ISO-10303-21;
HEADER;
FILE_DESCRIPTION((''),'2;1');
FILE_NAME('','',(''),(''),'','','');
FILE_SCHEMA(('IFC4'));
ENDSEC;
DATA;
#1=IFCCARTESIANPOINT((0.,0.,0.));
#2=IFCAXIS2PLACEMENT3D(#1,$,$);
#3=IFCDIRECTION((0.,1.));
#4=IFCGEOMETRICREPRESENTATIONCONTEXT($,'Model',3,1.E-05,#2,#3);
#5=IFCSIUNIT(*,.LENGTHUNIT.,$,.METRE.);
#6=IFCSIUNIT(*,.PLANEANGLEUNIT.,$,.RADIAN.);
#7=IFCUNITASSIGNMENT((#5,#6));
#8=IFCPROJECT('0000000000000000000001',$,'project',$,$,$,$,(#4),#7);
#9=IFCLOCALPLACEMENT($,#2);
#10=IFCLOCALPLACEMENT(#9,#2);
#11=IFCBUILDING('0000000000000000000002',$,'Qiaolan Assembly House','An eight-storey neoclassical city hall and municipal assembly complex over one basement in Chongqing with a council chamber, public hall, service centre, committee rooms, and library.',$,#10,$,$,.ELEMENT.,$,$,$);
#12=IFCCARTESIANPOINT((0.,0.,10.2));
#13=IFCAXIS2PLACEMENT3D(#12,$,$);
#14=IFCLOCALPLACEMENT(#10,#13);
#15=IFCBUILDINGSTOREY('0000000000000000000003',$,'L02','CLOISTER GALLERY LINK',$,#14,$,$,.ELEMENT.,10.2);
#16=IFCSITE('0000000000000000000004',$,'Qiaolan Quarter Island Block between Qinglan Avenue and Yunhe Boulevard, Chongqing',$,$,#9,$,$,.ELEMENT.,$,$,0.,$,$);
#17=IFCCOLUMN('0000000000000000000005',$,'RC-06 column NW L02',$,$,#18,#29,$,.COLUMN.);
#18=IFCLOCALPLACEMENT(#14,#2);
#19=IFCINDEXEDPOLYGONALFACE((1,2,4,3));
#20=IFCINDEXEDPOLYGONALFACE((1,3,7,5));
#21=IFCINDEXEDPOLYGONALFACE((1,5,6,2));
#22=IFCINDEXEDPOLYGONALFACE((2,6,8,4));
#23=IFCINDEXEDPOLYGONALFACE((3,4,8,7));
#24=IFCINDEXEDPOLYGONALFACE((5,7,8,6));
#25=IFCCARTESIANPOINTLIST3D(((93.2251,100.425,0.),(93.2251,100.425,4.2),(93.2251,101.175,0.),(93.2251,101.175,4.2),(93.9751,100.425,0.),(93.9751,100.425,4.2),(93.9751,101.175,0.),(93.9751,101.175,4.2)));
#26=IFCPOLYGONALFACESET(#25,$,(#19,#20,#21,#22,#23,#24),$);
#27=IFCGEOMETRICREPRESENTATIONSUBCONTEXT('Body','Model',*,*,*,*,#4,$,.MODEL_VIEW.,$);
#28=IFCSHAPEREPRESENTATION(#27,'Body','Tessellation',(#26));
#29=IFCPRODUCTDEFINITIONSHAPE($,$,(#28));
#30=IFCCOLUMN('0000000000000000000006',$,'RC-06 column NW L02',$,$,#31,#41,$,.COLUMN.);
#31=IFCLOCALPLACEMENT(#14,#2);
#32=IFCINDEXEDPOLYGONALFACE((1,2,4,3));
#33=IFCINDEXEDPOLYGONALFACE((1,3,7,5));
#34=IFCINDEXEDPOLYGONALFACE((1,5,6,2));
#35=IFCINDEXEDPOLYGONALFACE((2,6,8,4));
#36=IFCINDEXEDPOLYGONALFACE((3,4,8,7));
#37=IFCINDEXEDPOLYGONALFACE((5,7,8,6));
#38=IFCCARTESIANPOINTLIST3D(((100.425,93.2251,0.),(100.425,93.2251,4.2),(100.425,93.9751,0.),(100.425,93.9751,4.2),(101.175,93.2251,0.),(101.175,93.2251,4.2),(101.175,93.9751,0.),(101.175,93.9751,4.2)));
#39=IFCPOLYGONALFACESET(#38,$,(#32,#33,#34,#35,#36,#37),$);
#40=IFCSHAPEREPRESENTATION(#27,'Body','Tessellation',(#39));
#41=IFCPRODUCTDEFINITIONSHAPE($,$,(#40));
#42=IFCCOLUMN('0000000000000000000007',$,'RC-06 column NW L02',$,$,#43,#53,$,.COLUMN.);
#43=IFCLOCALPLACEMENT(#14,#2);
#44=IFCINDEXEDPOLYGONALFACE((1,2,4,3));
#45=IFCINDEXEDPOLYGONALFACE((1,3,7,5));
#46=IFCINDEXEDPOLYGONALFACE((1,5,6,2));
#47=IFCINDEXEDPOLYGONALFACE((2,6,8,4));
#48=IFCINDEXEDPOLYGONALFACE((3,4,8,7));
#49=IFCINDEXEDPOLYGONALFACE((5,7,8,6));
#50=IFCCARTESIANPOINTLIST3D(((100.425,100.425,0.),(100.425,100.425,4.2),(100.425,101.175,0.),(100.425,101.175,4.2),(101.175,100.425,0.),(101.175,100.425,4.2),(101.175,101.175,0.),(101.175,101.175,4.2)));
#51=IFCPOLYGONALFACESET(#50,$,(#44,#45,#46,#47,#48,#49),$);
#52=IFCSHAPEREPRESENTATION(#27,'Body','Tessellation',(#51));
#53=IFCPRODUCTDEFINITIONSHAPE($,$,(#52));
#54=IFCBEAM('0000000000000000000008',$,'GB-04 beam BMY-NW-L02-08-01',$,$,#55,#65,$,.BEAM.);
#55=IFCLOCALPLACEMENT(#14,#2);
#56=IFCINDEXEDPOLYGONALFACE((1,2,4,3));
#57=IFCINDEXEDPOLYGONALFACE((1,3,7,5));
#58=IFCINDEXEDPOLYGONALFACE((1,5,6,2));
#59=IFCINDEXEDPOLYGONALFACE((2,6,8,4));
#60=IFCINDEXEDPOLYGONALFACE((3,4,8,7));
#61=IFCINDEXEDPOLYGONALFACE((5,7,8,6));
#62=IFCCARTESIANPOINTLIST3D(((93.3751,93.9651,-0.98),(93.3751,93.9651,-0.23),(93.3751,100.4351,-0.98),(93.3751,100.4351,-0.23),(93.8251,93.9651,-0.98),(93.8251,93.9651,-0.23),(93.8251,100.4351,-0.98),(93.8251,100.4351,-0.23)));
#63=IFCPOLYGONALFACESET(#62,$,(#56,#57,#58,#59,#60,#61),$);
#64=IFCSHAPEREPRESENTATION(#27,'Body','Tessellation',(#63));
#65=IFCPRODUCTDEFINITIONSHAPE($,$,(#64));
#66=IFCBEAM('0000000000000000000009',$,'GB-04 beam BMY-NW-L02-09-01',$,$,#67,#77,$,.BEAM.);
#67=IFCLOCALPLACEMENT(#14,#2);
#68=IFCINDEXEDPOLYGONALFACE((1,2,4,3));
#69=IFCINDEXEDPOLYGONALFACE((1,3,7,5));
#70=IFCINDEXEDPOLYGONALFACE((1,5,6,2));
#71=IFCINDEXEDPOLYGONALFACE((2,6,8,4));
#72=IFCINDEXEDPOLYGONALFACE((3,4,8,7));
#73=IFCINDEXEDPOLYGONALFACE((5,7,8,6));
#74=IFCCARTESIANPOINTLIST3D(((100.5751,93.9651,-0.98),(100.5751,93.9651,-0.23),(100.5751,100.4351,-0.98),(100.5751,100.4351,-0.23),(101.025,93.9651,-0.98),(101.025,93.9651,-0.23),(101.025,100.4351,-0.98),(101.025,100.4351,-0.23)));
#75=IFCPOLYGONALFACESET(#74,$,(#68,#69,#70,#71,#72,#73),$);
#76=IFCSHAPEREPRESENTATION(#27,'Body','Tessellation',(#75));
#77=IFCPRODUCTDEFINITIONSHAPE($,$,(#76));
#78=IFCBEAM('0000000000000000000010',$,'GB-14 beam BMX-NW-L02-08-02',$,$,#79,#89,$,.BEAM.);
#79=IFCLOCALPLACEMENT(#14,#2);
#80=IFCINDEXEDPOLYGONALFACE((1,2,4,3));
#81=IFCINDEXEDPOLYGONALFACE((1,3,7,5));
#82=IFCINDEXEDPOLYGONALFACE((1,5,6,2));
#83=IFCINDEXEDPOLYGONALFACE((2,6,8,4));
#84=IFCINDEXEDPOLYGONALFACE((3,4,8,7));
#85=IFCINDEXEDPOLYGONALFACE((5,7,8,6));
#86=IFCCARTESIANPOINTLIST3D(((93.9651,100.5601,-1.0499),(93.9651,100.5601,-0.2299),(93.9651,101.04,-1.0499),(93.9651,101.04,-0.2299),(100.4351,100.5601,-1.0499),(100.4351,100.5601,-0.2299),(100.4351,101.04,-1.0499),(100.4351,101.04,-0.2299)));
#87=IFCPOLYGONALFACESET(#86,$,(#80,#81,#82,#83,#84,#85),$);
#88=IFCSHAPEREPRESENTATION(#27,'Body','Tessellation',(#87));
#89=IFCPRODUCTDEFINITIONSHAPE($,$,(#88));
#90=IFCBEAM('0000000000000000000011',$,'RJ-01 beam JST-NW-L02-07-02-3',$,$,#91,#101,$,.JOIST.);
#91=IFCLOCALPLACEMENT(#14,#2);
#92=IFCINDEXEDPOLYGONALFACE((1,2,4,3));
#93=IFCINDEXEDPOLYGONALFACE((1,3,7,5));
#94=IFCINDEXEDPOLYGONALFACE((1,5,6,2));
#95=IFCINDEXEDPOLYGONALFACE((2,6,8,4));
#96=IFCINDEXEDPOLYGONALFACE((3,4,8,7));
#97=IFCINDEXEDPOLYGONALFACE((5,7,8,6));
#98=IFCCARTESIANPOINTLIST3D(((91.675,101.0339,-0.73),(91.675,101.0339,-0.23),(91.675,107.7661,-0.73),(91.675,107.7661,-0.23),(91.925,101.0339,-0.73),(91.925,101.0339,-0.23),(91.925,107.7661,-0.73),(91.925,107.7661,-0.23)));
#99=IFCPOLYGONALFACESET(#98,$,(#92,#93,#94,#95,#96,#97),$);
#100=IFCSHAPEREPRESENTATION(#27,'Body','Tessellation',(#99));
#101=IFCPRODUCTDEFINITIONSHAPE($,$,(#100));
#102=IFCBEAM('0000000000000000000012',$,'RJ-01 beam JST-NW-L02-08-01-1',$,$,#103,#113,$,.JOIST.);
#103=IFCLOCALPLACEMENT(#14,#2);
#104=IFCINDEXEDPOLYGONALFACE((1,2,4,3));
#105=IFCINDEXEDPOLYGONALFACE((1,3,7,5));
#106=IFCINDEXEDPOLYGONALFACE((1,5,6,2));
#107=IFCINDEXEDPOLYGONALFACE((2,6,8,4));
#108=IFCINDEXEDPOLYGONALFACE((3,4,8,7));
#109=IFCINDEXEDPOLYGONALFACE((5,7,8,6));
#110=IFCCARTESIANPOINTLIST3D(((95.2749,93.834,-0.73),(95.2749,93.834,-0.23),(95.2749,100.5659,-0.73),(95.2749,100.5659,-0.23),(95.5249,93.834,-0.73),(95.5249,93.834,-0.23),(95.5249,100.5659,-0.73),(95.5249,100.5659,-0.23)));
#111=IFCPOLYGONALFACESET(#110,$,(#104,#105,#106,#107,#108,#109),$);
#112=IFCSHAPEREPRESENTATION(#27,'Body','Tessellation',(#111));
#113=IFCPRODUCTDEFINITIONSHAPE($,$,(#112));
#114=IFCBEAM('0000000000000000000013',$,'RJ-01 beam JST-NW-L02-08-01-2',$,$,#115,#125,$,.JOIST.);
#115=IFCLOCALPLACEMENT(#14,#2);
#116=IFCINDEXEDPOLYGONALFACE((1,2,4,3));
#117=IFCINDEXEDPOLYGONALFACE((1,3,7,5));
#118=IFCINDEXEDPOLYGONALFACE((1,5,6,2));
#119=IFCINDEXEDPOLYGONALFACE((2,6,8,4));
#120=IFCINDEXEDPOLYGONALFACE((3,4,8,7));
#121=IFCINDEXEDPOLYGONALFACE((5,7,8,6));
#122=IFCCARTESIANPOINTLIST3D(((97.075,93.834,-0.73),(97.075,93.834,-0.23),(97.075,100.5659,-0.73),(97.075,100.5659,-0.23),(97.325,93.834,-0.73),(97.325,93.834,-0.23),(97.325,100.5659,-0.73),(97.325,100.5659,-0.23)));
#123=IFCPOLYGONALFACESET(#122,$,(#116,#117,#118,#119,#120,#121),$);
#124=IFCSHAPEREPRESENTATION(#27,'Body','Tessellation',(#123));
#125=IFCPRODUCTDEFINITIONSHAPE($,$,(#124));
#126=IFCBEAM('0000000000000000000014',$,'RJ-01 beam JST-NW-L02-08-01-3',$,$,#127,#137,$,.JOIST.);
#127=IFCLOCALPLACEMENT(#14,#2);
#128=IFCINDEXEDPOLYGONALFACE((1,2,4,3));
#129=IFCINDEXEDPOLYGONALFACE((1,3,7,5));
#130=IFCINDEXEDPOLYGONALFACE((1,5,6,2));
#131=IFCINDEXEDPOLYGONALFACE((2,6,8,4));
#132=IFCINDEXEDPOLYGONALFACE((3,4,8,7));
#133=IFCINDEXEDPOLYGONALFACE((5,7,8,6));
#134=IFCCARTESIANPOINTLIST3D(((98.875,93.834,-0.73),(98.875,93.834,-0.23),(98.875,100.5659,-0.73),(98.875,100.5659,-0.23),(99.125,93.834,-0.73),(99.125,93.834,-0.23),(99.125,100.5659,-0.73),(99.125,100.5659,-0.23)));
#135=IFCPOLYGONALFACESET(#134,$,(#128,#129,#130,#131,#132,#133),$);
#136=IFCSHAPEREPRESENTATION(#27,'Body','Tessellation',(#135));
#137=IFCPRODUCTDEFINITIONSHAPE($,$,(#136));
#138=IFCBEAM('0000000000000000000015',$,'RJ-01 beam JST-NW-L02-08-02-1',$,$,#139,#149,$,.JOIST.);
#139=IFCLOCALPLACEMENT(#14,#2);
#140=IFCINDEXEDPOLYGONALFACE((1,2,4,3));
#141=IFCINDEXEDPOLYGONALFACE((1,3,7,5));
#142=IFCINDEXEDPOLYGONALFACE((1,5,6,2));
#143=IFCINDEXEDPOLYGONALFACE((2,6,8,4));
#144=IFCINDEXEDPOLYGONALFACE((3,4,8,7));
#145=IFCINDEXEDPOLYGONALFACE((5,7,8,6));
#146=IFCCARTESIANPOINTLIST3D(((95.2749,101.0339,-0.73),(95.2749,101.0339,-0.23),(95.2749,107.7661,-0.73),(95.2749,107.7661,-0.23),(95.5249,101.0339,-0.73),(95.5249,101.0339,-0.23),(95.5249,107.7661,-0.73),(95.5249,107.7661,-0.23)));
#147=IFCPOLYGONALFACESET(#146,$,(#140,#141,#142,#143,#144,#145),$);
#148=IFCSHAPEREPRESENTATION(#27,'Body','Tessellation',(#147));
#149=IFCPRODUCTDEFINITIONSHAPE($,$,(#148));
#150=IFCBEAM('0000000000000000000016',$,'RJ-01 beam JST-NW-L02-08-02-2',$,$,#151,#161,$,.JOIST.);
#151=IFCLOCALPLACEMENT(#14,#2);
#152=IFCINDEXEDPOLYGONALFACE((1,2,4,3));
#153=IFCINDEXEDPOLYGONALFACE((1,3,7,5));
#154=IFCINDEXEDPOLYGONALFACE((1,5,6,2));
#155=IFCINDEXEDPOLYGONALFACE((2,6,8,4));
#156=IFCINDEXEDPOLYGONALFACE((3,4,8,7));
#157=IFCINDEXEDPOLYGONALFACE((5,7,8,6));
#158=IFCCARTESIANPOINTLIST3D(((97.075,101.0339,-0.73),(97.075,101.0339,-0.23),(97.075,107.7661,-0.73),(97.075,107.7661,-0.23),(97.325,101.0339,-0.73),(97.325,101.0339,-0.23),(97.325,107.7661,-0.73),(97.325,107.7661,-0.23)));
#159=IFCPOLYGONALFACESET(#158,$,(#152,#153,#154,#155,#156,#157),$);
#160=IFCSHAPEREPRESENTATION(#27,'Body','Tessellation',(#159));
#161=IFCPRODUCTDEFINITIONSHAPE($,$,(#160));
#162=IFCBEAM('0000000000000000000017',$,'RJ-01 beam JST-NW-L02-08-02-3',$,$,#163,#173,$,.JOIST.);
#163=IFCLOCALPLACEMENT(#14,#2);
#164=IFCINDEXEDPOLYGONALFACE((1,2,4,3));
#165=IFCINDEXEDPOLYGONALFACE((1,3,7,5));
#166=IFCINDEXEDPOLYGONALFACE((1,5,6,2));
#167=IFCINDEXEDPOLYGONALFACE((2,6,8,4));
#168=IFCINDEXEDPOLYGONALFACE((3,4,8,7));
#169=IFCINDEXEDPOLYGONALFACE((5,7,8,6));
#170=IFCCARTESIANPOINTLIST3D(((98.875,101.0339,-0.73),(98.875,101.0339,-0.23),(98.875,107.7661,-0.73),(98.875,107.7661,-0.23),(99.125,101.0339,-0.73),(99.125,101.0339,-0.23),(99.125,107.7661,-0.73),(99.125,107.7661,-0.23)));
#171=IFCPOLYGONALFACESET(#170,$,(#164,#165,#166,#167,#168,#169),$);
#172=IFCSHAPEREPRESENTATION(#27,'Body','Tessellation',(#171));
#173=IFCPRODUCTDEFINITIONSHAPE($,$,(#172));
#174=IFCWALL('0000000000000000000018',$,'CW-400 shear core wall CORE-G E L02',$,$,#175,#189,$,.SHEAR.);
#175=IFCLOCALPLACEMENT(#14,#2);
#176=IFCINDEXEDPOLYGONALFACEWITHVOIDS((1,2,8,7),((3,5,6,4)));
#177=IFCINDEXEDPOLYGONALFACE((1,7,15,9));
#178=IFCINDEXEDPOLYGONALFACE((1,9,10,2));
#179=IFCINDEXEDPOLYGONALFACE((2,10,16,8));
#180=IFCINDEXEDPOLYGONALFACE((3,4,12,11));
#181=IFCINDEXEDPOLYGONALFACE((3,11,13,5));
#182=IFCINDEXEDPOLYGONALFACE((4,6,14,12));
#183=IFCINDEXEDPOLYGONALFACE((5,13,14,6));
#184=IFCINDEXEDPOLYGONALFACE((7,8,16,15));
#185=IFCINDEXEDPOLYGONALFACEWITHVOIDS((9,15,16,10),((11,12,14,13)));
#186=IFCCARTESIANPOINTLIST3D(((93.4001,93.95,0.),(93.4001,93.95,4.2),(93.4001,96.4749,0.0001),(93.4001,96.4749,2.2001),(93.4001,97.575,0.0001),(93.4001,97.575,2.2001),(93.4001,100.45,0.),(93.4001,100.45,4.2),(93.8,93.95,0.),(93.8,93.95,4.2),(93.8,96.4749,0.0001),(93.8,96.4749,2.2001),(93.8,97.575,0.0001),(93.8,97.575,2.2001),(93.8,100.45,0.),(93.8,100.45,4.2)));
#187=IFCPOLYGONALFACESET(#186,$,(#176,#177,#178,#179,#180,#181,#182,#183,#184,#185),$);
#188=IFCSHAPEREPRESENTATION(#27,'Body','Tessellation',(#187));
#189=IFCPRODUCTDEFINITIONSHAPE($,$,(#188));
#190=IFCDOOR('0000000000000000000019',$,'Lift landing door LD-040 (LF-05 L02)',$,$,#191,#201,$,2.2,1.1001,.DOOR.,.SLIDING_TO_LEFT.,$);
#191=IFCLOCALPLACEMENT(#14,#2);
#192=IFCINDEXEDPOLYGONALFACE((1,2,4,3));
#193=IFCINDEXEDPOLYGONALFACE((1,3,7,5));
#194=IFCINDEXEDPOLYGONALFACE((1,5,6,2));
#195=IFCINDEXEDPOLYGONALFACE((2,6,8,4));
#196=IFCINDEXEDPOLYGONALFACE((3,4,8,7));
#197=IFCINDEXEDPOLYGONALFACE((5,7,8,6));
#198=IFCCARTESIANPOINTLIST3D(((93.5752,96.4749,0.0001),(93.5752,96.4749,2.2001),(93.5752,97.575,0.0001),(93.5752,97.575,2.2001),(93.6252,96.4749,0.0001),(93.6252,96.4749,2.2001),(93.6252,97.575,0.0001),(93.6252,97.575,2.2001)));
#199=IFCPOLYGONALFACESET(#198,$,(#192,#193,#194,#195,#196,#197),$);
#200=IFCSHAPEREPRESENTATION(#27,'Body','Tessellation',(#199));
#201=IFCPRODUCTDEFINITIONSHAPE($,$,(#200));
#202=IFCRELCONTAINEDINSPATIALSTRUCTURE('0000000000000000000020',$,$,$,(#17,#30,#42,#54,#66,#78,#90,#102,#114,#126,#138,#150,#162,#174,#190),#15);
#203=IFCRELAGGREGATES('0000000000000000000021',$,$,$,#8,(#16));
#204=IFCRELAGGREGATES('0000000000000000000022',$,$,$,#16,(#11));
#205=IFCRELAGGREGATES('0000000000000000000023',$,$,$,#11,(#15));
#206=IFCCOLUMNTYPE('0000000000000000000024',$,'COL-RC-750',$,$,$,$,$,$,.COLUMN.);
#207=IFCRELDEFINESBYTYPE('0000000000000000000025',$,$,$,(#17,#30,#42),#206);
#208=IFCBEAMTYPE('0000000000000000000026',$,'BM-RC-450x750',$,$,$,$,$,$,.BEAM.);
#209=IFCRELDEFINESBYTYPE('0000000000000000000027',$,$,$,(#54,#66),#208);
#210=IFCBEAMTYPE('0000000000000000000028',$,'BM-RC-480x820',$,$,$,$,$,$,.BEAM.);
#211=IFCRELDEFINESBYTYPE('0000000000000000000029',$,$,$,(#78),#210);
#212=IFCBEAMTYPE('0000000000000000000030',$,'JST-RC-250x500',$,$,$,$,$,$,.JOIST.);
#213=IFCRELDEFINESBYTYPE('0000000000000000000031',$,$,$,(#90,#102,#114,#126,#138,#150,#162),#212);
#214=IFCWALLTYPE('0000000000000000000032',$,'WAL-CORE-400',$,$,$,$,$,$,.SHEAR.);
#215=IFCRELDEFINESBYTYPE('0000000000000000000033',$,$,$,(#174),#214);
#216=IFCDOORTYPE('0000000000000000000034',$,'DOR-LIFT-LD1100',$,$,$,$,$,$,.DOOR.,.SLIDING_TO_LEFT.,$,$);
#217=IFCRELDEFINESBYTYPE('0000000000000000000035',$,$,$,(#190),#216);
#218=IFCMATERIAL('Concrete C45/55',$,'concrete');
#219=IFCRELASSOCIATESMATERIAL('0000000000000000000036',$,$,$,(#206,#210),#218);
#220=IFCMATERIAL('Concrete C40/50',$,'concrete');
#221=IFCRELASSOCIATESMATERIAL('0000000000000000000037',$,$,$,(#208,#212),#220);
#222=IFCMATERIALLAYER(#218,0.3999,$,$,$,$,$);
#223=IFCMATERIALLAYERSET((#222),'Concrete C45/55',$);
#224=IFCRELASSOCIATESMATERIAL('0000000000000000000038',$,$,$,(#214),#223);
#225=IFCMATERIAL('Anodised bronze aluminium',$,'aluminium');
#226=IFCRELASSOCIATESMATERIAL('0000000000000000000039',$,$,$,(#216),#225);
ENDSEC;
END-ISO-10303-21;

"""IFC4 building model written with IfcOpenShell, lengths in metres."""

from ifc_helpers import new_model, si_unit, direction, frame, frame_2d, origin, origin_2d, place, context, subcontext, project, spatial, rectangle, extrude, material, layer, layer_set, material_profile, profile_set, type_object, element, fill, save


model = new_model("IFC4")

# Units and contexts
model_context = context("Model", 3, precision=1e-05, world=origin(), true_north=direction((0.0, 1.0)))
body_context = subcontext(model_context, "Body", "Model", "MODEL_VIEW")
ifc_project = project(units=[si_unit("LENGTHUNIT", "METRE"), si_unit("PLANEANGLEUNIT", "RADIAN")], contexts=[model_context])

# Site, building, storey
site_placement = place(None, origin())
site = spatial("IfcSite", under=ifc_project, at=site_placement, Name="Qiaolan Quarter Island Block between Qinglan Avenue and Yunhe Boulevard, Chongqing", CompositionType="ELEMENT", RefElevation=0.0)
building_placement = place(site_placement, origin())
building = spatial("IfcBuilding", under=site, at=building_placement, Name="Qiaolan Assembly House", Description="An eight-storey neoclassical city hall and municipal assembly complex over one basement in Chongqing with a council chamber, public hall, service centre, committee rooms, and library.", CompositionType="ELEMENT")
storey_placement = place(building_placement, frame((0.0, 0.0, 10.2)))
storey = spatial("IfcBuildingStorey", under=building, at=storey_placement, Name="L02", Description="CLOISTER GALLERY LINK", CompositionType="ELEMENT", Elevation=10.2)

# Columns
ifc_material_1 = material(Name="Concrete C45/55", Category="concrete")
ifc_material_profile_1 = material_profile(ifc_material_1, rectangle(XDim=0.75, YDim=0.75, at=origin_2d()), Name="RC 750x750")
ifc_profile_set_1 = profile_set([ifc_material_profile_1], Name="Concrete C45/55")
column_type = type_object("IfcColumnType", Name="COL-RC-750", PredefinedType="COLUMN", material=ifc_profile_set_1)
for number, where, z_axis, x_axis, name in (
    (1, (93.6001, 100.8, 0.0), (0.0, 0.0, 1.0), (1.0, 0.0, 0.0), "RC-06 column NW L02"),
    (2, (100.8, 93.6001, 0.0), (0.0, 0.0, 1.0), (1.0, 0.0, 0.0), "RC-06 column NW L02"),
    (3, (100.8, 100.8, 0.0), (0.0, 0.0, 1.0), (1.0, 0.0, 0.0), "RC-06 column NW L02"),
):
    element("IfcColumn", number, at=place(storey_placement, frame(where, z_axis=z_axis, x_axis=x_axis)), inside=storey, type_object=column_type, Name=name, PredefinedType="COLUMN", context=body_context, shape_type="SweptSolid", body=[
        extrude(rectangle(XDim=0.75, YDim=0.75, at=origin_2d()), origin(), (0.0, 0.0, 1.0), 4.2),
    ])

# Beams
ifc_material_2 = material(Name="Concrete C40/50", Category="concrete")
ifc_material_profile_2 = material_profile(ifc_material_2, rectangle(XDim=0.45, YDim=0.75, at=origin_2d()), Name="RCB 450x750")
ifc_profile_set_2 = profile_set([ifc_material_profile_2], Name="Concrete C40/50")
beam_type_1 = type_object("IfcBeamType", Name="BM-RC-450x750", PredefinedType="BEAM", material=ifc_profile_set_2)
for number, where, z_axis, x_axis, name in (
    (4, (93.6001, 93.9651, -0.605), (0.0, 1.0, 0.0), (-1.0, 0.0, 0.0), "GB-04 beam BMY-NW-L02-08-01"),
    (5, (100.8, 93.9651, -0.605), (0.0, 1.0, 0.0), (-1.0, 0.0, 0.0), "GB-04 beam BMY-NW-L02-09-01"),
):
    element("IfcBeam", number, at=place(storey_placement, frame(where, z_axis=z_axis, x_axis=x_axis)), inside=storey, type_object=beam_type_1, Name=name, PredefinedType="BEAM", context=body_context, shape_type="SweptSolid", body=[
        extrude(rectangle(XDim=0.45, YDim=0.75, at=origin_2d()), origin(), (0.0, 0.0, 1.0), 6.47),
    ])
ifc_material_profile_3 = material_profile(ifc_material_1, rectangle(XDim=0.48, YDim=0.8201, at=origin_2d()), Name="RCB 480x820")
ifc_profile_set_3 = profile_set([ifc_material_profile_3], Name="Concrete C45/55")
beam_type_2 = type_object("IfcBeamType", Name="BM-RC-480x820", PredefinedType="BEAM", material=ifc_profile_set_3)
beam_1_placement = place(storey_placement, frame((93.9651, 100.8, -0.6399), z_axis=(1.0, 0.0, 0.0), x_axis=(0.0, 1.0, 0.0)))
element("IfcBeam", 6, at=beam_1_placement, inside=storey, type_object=beam_type_2, Name="GB-14 beam BMX-NW-L02-08-02", PredefinedType="BEAM", context=body_context, shape_type="SweptSolid", body=[
    extrude(rectangle(XDim=0.48, YDim=0.8201, at=origin_2d()), origin(), (0.0, 0.0, 1.0), 6.47),
])
ifc_material_profile_4 = material_profile(ifc_material_2, rectangle(XDim=0.25, YDim=0.5, at=origin_2d()), Name="RCB 250x500")
ifc_profile_set_4 = profile_set([ifc_material_profile_4], Name="Concrete C40/50")
beam_type_3 = type_object("IfcBeamType", Name="JST-RC-250x500", PredefinedType="JOIST", material=ifc_profile_set_4)
beam_2_placement = place(storey_placement, frame((91.8, 101.0339, -0.48), z_axis=(0.0, 1.0, 0.0), x_axis=(-1.0, 0.0, 0.0)))
element("IfcBeam", 7, at=beam_2_placement, inside=storey, type_object=beam_type_3, Name="RJ-01 beam JST-NW-L02-07-02-3", PredefinedType="JOIST", context=body_context, shape_type="SweptSolid", body=[
    extrude(rectangle(XDim=0.25, YDim=0.5, at=origin_2d()), origin(), (0.0, 0.0, 1.0), 6.7322),
])
for number, where, z_axis, x_axis, name in (
    (8, (95.3999, 93.834, -0.48), (0.0, 1.0, 0.0), (-1.0, 0.0, 0.0), "RJ-01 beam JST-NW-L02-08-01-1"),
    (9, (97.2, 93.834, -0.48), (0.0, 1.0, 0.0), (-1.0, 0.0, 0.0), "RJ-01 beam JST-NW-L02-08-01-2"),
    (10, (99.0, 93.834, -0.48), (0.0, 1.0, 0.0), (-1.0, 0.0, 0.0), "RJ-01 beam JST-NW-L02-08-01-3"),
):
    element("IfcBeam", number, at=place(storey_placement, frame(where, z_axis=z_axis, x_axis=x_axis)), inside=storey, type_object=beam_type_3, Name=name, PredefinedType="JOIST", context=body_context, shape_type="SweptSolid", body=[
        extrude(rectangle(XDim=0.25, YDim=0.5, at=origin_2d()), origin(), (0.0, 0.0, 1.0), 6.7319),
    ])
for number, where, z_axis, x_axis, name in (
    (11, (95.3999, 101.0339, -0.48), (0.0, 1.0, 0.0), (-1.0, 0.0, 0.0), "RJ-01 beam JST-NW-L02-08-02-1"),
    (12, (97.2, 101.0339, -0.48), (0.0, 1.0, 0.0), (-1.0, 0.0, 0.0), "RJ-01 beam JST-NW-L02-08-02-2"),
    (13, (99.0, 101.0339, -0.48), (0.0, 1.0, 0.0), (-1.0, 0.0, 0.0), "RJ-01 beam JST-NW-L02-08-02-3"),
):
    element("IfcBeam", number, at=place(storey_placement, frame(where, z_axis=z_axis, x_axis=x_axis)), inside=storey, type_object=beam_type_3, Name=name, PredefinedType="JOIST", context=body_context, shape_type="SweptSolid", body=[
        extrude(rectangle(XDim=0.25, YDim=0.5, at=origin_2d()), origin(), (0.0, 0.0, 1.0), 6.7322),
    ])

# Wall, opening, door
ifc_layer_1 = layer(ifc_material_1, 0.3999)
ifc_layer_set_1 = layer_set([ifc_layer_1], Name="Concrete C45/55")
wall_type_1 = type_object("IfcWallType", Name="WAL-CORE-400", PredefinedType="SHEAR", material=ifc_layer_set_1)
wall_1_placement = place(storey_placement, frame((93.6001, 93.95, 0.0), z_axis=(0.0, 0.0, 1.0), x_axis=(0.0, 1.0, 0.0)))
wall_1 = element("IfcWall", 14, at=wall_1_placement, inside=storey, type_object=wall_type_1, Name="CW-400 shear core wall CORE-G E L02", PredefinedType="SHEAR", context=body_context, shape_type="SweptSolid", body=[
    extrude(rectangle(XDim=6.5, YDim=0.3999, at=frame_2d((3.25, 0.0))), origin(), (0.0, 0.0, 1.0), 4.2),
])
opening_1_placement = place(wall_1_placement, frame((2.5249, 0.0, 0.0)))
opening_1 = element("IfcOpeningElement", 15, at=opening_1_placement, cuts=wall_1, PredefinedType="OPENING", context=body_context, shape_type="SweptSolid", body=[
    extrude(rectangle(XDim=1.1001, YDim=2.2, at=frame_2d((0.55, 1.1001))), frame((0.0, 0.21, 0.0), z_axis=(0.0, -1.0, 0.0), x_axis=(1.0, 0.0, 0.0)), (0.0, 0.0, 1.0), 0.4199),
])
ifc_material_3 = material(Name="Anodised bronze aluminium", Category="aluminium")
door_type_1 = type_object("IfcDoorType", Name="DOR-LIFT-LD1100", OperationType="SLIDING_TO_LEFT", PredefinedType="DOOR", material=ifc_material_3)
door_1_placement = place(opening_1_placement, origin())
door_1 = element("IfcDoor", 16, at=door_1_placement, inside=storey, type_object=door_type_1, Name="Lift landing door LD-040 (LF-05 L02)", OperationType="SLIDING_TO_LEFT", OverallHeight=2.2, OverallWidth=1.1001, PredefinedType="DOOR", context=body_context, shape_type="SweptSolid", body=[
    extrude(rectangle(XDim=1.1001, YDim=2.2, at=frame_2d((0.55, 1.1001))), frame((0.0, 0.0249, 0.0), z_axis=(0.0, -1.0, 0.0), x_axis=(1.0, 0.0, 0.0)), (0.0, 0.0, 1.0), 0.05),
])
fill(opening_1, door_1)

save(model, "model.ifc")
